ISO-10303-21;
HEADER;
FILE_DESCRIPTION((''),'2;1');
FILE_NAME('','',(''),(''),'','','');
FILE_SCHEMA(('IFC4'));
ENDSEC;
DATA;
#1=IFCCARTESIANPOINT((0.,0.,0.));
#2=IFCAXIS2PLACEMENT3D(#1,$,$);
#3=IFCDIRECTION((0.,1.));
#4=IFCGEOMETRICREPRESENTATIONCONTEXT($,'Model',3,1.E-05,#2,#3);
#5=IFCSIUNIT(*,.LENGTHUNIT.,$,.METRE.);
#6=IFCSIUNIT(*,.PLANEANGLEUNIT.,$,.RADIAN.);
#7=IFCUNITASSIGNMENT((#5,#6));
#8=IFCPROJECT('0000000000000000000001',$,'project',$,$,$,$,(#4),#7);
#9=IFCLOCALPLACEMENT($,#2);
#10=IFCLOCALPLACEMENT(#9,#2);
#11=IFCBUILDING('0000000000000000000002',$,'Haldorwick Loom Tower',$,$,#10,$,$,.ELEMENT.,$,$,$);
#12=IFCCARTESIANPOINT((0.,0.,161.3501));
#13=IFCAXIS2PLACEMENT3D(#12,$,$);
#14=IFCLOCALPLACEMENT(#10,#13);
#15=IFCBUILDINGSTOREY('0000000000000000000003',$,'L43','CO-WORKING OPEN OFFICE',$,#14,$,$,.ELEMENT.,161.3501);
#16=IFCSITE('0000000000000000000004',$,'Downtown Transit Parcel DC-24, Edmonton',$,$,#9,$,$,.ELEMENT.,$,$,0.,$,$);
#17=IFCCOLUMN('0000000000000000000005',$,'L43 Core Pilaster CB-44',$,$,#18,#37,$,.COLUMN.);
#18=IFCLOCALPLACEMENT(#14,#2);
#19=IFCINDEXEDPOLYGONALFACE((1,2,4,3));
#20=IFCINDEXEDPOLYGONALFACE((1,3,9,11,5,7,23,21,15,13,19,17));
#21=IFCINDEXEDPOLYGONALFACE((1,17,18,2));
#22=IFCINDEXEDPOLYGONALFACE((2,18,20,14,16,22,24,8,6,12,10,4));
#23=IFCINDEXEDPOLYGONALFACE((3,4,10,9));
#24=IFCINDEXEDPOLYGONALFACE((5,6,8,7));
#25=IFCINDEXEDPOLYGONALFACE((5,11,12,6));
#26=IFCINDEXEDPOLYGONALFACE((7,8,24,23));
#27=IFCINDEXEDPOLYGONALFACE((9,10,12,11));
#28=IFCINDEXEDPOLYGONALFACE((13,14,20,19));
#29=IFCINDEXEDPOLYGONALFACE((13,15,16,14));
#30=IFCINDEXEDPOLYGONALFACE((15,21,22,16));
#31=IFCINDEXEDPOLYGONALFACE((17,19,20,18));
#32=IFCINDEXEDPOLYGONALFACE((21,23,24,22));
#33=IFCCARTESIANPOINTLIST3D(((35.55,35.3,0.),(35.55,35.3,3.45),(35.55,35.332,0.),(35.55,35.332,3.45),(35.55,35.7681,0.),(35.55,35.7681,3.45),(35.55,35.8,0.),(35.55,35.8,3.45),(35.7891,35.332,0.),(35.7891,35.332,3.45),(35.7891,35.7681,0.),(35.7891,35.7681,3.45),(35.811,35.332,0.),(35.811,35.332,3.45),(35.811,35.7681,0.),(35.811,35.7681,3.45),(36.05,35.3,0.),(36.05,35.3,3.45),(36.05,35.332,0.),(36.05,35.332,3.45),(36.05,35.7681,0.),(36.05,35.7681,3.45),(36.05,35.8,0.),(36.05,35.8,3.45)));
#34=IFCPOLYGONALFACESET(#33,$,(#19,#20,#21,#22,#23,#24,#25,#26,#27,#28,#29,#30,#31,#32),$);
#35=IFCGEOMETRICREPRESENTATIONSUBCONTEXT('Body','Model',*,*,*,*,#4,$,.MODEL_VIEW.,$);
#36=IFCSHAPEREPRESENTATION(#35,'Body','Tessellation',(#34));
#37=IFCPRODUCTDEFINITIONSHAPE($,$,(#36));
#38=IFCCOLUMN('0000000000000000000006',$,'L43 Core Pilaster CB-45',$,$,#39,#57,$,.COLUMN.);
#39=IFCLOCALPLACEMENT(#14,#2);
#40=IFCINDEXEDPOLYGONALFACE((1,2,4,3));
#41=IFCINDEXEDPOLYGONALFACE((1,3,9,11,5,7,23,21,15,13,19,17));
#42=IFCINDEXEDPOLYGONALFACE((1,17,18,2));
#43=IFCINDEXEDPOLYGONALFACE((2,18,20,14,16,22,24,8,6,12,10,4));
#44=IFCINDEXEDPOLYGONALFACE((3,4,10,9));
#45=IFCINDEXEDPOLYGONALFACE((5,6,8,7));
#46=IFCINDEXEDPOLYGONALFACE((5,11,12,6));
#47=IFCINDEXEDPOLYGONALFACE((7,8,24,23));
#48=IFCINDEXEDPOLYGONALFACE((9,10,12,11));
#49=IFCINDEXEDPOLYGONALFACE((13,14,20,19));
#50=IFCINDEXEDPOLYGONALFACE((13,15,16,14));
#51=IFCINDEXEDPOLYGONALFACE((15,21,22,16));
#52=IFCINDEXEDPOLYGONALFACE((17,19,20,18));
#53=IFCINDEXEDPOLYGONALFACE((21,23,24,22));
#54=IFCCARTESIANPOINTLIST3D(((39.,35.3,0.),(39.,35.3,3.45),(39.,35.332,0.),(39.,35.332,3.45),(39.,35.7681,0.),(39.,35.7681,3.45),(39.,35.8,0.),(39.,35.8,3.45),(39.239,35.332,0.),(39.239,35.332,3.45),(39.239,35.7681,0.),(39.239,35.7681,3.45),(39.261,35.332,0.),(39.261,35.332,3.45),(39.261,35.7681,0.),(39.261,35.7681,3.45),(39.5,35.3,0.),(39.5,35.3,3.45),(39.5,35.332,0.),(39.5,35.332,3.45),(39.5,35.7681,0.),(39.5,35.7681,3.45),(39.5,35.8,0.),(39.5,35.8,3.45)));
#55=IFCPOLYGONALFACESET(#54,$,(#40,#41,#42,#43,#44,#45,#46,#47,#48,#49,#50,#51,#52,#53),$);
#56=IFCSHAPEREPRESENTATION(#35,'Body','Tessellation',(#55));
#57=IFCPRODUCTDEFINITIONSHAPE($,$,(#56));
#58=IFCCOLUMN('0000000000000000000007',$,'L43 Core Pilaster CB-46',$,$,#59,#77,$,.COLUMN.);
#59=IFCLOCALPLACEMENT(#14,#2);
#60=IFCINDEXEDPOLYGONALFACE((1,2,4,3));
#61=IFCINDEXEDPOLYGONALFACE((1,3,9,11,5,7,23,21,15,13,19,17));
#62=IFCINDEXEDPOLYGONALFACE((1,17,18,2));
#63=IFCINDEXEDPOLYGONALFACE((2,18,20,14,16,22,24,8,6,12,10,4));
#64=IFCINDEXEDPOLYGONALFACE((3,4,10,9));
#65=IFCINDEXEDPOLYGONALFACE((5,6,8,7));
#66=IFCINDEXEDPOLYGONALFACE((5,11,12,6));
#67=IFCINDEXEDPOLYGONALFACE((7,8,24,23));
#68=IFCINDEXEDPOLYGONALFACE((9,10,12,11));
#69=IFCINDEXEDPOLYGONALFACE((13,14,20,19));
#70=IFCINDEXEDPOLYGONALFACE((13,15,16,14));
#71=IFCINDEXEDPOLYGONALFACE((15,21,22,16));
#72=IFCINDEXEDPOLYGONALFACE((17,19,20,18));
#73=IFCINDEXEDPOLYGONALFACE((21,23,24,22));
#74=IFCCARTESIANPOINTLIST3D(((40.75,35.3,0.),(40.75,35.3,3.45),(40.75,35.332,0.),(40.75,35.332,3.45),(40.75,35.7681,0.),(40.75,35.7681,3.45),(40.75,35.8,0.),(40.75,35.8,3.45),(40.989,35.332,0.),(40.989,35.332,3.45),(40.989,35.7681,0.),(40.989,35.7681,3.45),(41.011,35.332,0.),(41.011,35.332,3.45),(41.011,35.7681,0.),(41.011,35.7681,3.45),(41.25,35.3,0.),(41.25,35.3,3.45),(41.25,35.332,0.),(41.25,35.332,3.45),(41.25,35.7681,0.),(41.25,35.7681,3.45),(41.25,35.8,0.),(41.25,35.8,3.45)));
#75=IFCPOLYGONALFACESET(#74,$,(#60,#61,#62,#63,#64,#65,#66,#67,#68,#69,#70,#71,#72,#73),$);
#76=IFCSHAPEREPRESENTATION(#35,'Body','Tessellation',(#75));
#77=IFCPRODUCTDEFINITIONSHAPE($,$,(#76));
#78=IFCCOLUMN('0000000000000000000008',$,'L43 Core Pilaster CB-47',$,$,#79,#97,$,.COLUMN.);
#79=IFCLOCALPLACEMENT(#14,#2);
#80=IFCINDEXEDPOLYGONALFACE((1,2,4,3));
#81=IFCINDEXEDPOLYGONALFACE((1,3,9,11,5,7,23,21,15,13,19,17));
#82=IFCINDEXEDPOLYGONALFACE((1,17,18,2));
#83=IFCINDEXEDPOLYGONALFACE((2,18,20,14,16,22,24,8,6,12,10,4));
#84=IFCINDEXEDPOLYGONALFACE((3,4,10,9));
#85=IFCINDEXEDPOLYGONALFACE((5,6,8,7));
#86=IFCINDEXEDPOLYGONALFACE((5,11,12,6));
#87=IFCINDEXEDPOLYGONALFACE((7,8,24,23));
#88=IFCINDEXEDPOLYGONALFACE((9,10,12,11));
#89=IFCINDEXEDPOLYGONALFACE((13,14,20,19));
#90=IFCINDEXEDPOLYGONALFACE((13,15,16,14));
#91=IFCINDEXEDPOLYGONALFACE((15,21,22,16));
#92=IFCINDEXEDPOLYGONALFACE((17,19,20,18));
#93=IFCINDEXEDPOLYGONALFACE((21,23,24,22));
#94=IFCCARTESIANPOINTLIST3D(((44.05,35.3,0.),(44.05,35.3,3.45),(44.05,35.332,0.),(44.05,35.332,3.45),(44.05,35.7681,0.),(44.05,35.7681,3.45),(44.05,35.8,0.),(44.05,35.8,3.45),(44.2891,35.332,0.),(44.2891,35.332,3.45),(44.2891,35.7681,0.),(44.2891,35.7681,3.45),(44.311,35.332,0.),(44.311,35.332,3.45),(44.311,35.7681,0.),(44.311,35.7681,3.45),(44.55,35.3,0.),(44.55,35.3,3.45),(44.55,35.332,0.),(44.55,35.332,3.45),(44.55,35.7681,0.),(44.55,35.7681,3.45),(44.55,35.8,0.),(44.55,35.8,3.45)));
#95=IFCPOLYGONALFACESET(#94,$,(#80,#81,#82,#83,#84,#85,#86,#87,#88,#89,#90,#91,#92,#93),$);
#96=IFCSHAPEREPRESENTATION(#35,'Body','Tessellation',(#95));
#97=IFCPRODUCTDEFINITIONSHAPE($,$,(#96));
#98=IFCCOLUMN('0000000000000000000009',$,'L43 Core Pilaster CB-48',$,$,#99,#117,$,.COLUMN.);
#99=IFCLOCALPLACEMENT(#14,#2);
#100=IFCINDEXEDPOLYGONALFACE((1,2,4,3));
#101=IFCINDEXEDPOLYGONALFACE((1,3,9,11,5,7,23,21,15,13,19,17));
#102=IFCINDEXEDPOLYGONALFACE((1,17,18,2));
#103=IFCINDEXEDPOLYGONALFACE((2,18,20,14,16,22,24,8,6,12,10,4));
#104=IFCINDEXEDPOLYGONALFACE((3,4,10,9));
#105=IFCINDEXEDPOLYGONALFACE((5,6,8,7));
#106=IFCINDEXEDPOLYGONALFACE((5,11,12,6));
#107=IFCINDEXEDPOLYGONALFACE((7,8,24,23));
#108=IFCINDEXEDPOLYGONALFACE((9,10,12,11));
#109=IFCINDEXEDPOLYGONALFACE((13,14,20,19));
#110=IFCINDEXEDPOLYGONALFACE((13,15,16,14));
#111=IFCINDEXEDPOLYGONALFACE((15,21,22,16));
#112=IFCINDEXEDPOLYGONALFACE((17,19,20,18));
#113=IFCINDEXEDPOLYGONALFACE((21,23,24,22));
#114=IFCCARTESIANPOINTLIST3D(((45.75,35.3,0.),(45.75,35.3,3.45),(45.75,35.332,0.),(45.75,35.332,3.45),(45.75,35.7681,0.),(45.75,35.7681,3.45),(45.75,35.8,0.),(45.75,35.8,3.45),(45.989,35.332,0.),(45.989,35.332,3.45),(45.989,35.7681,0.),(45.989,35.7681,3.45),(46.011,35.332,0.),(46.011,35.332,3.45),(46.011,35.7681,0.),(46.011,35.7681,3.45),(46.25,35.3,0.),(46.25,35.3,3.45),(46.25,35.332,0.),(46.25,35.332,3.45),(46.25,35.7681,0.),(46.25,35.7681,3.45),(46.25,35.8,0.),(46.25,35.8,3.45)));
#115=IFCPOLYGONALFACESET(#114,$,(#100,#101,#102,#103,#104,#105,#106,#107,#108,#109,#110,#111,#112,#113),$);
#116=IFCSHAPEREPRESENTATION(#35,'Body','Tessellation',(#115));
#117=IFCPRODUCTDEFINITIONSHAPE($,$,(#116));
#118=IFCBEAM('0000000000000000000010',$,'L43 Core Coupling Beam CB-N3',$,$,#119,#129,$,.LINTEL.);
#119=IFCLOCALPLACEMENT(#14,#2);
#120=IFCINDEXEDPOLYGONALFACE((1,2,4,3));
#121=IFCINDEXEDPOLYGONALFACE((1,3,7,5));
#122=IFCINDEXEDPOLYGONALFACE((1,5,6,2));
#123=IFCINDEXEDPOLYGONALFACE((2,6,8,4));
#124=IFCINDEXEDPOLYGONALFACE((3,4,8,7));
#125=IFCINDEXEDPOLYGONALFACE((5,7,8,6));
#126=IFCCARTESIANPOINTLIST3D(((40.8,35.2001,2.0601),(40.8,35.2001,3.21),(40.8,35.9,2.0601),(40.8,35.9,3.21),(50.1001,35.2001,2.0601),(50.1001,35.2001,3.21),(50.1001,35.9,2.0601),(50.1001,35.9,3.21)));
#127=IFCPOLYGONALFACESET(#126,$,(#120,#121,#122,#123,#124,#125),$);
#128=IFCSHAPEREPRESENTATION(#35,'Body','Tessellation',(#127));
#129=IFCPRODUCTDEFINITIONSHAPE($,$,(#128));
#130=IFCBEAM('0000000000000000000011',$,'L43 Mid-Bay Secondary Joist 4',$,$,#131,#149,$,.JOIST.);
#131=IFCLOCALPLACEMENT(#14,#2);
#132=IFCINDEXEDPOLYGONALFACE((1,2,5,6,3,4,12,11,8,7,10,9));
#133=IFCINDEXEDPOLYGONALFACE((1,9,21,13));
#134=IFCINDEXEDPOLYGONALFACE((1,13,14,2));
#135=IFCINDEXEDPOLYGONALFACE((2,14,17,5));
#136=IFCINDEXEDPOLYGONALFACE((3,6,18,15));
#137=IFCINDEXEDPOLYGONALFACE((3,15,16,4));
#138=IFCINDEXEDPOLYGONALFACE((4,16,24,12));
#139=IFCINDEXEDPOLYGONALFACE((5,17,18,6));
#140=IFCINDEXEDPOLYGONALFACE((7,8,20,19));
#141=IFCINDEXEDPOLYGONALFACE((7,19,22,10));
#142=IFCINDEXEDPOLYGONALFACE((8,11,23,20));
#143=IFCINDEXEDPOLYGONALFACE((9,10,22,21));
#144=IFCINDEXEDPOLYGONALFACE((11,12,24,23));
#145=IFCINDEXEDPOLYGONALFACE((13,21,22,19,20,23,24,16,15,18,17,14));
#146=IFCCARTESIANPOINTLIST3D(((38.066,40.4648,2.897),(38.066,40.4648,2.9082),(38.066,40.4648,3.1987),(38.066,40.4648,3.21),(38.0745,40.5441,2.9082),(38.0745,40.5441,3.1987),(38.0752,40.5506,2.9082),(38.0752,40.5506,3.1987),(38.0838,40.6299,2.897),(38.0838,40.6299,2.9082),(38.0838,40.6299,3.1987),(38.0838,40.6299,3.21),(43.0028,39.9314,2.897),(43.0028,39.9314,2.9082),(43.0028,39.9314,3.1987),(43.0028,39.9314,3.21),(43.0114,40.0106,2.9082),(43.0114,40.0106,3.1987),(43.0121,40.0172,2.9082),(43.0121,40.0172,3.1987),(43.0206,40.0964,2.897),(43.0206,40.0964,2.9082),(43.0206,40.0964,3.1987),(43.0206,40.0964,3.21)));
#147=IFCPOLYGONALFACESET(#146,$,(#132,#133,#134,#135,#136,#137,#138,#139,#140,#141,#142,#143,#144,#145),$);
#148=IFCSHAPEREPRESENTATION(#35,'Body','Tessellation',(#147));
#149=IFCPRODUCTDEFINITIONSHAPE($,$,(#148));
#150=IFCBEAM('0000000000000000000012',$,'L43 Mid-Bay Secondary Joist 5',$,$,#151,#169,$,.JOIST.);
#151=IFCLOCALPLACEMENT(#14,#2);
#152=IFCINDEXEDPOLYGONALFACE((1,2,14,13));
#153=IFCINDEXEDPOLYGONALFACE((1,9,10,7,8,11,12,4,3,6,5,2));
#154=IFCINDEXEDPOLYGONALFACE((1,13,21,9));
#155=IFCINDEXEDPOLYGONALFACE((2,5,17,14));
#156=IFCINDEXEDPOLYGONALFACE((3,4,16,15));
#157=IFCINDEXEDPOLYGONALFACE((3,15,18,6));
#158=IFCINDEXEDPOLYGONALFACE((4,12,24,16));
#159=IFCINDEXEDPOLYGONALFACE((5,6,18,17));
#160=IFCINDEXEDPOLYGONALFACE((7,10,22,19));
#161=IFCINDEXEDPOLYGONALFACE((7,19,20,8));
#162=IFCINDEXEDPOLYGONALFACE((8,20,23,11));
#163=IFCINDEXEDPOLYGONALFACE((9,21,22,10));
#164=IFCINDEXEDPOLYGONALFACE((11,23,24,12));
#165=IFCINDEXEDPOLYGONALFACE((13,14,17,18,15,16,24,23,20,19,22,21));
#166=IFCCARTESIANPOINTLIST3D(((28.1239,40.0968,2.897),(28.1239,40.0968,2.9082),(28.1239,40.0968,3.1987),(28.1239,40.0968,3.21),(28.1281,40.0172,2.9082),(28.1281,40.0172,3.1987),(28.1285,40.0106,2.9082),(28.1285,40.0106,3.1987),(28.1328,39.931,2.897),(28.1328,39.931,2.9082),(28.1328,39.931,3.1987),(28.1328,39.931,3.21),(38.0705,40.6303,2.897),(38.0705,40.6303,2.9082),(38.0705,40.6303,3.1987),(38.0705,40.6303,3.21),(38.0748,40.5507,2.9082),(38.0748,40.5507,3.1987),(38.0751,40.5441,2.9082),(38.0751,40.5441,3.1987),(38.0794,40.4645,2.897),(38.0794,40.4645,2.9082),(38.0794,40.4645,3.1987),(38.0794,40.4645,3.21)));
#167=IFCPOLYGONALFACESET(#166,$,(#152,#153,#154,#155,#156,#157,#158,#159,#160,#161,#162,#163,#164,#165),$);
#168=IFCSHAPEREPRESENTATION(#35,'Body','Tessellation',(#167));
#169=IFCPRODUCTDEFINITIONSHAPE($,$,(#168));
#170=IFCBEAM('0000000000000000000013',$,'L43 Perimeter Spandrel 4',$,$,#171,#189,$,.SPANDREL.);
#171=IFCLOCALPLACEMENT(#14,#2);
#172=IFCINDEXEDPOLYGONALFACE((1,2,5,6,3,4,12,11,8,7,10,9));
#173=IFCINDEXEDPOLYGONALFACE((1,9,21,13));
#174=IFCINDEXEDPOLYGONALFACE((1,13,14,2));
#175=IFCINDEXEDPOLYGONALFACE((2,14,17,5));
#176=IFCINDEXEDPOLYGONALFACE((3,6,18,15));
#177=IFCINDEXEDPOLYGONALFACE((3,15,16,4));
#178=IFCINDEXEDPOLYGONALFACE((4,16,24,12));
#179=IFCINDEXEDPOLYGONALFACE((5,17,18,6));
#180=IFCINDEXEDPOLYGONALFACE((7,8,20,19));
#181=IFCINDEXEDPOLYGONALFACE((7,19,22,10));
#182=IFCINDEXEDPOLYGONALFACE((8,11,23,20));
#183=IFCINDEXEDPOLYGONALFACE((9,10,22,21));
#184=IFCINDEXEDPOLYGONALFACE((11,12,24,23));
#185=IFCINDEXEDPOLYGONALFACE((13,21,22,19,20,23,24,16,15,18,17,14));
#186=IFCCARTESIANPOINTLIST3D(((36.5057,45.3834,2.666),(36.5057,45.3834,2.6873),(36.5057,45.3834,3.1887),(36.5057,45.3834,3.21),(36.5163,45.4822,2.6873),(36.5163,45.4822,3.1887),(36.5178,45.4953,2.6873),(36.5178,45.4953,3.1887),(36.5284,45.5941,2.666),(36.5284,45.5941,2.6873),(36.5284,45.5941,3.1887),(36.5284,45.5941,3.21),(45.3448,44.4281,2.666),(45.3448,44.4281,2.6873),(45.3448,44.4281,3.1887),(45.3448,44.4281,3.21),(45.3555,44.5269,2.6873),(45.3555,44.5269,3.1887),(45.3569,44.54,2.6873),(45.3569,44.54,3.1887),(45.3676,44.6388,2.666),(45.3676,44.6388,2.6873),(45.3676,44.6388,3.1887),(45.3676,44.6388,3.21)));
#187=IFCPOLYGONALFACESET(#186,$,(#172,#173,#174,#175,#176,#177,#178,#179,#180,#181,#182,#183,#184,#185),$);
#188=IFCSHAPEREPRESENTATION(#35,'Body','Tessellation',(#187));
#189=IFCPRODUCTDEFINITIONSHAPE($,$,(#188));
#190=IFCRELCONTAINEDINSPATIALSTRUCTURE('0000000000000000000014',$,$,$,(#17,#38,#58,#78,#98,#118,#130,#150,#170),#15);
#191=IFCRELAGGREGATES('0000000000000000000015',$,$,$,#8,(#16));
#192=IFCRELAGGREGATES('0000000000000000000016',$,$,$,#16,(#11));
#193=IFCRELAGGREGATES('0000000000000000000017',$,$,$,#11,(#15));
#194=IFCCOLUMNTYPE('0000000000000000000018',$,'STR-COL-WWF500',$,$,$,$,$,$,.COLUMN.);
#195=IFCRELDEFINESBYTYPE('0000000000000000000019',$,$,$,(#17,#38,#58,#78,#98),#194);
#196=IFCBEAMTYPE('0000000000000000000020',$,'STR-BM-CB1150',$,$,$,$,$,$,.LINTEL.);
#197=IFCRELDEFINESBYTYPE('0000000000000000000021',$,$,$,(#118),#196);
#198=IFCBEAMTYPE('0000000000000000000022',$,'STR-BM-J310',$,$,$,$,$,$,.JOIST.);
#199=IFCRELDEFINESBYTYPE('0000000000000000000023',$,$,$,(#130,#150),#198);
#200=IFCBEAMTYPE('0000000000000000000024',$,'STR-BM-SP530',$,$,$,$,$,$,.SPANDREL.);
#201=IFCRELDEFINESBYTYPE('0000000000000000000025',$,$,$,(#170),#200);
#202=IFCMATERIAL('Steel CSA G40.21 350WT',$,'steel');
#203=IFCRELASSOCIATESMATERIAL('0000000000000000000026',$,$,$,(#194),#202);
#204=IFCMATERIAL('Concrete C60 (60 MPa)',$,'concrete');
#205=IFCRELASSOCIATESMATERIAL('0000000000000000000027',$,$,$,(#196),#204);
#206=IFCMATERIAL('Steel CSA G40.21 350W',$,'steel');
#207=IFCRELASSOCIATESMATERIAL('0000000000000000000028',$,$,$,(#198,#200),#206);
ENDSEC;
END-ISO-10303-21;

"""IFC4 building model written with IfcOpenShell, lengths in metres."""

from ifc_helpers import new_model, si_unit, direction, frame, origin, origin_2d, place, context, subcontext, project, spatial, rectangle, i_section, extrude, material, material_profile, profile_set, type_object, element, save


model = new_model("IFC4")

# Units and contexts
model_context = context("Model", 3, precision=1e-05, world=origin(), true_north=direction((0.0, 1.0)))
body_context = subcontext(model_context, "Body", "Model", "MODEL_VIEW")
ifc_project = project(units=[si_unit("LENGTHUNIT", "METRE"), si_unit("PLANEANGLEUNIT", "RADIAN")], contexts=[model_context])

# Site, building, storey
site_placement = place(None, origin())
site = spatial("IfcSite", under=ifc_project, at=site_placement, Name="Downtown Transit Parcel DC-24, Edmonton", CompositionType="ELEMENT", RefElevation=0.0)
building_placement = place(site_placement, origin())
building = spatial("IfcBuilding", under=site, at=building_placement, Name="Haldorwick Loom Tower", CompositionType="ELEMENT")
storey_placement = place(building_placement, frame((0.0, 0.0, 161.3501)))
storey = spatial("IfcBuildingStorey", under=building, at=storey_placement, Name="L43", Description="CO-WORKING OPEN OFFICE", CompositionType="ELEMENT", Elevation=161.3501)

# Columns
ifc_material_1 = material(Name="Concrete C60 (60 MPa)", Category="concrete")
ifc_material_2 = material(Name="Steel CSA G40.21 350WT", Category="steel")
ifc_material_profile_1 = material_profile(ifc_material_2, i_section(OverallWidth=0.5, OverallDepth=0.5, WebThickness=0.022, FlangeThickness=0.032, at=origin_2d()), Name="WWF500X500", Category="steel")
ifc_profile_set_1 = profile_set([ifc_material_profile_1], Name="Steel CSA G40.21 350WT")
column_type_1 = type_object("IfcColumnType", Name="STR-COL-WWF500", PredefinedType="COLUMN", material=ifc_profile_set_1)
for number, where, z_axis, x_axis, name in (
    (1, (35.8, 35.55, 0.0), (0.0, 0.0, 1.0), (1.0, 0.0, 0.0), "L43 Core Pilaster CB-44"),
    (2, (39.25, 35.55, 0.0), (0.0, 0.0, 1.0), (1.0, 0.0, 0.0), "L43 Core Pilaster CB-45"),
    (3, (41.0, 35.55, 0.0), (0.0, 0.0, 1.0), (1.0, 0.0, 0.0), "L43 Core Pilaster CB-46"),
    (4, (44.3, 35.55, 0.0), (0.0, 0.0, 1.0), (1.0, 0.0, 0.0), "L43 Core Pilaster CB-47"),
    (5, (46.0, 35.55, 0.0), (0.0, 0.0, 1.0), (1.0, 0.0, 0.0), "L43 Core Pilaster CB-48"),
):
    element("IfcColumn", number, at=place(storey_placement, frame(where, z_axis=z_axis, x_axis=x_axis)), inside=storey, type_object=column_type_1, Name=name, PredefinedType="COLUMN", context=body_context, shape_type="SweptSolid", body=[
        extrude(i_section(OverallWidth=0.5, OverallDepth=0.5, WebThickness=0.022, FlangeThickness=0.032, at=origin_2d()), origin(), (0.0, 0.0, 1.0), 3.45),
    ])

# Beams
ifc_material_profile_2 = material_profile(ifc_material_1, rectangle(XDim=0.7, YDim=1.1499, at=origin_2d()), Name="RC700X1150", Category="concrete")
ifc_profile_set_2 = profile_set([ifc_material_profile_2], Name="Concrete C60 (60 MPa)")
beam_type_1 = type_object("IfcBeamType", Name="STR-BM-CB1150", PredefinedType="LINTEL", material=ifc_profile_set_2)
beam_1_placement = place(storey_placement, frame((40.8, 35.55, 2.635), z_axis=(1.0, 0.0, 0.0), x_axis=(0.0, 1.0, 0.0)))
element("IfcBeam", 6, at=beam_1_placement, inside=storey, type_object=beam_type_1, Name="L43 Core Coupling Beam CB-N3", PredefinedType="LINTEL", context=body_context, shape_type="SweptSolid", body=[
    extrude(rectangle(XDim=0.7, YDim=1.1499, at=origin_2d()), origin(), (0.0, 0.0, 1.0), 9.3),
])
ifc_material_3 = material(Name="Steel CSA G40.21 350W", Category="steel")
ifc_material_profile_3 = material_profile(ifc_material_3, i_section(OverallWidth=0.166, OverallDepth=0.313, WebThickness=0.0066, FlangeThickness=0.0112, at=origin_2d()), Name="W310X45", Category="steel")
ifc_profile_set_3 = profile_set([ifc_material_profile_3], Name="Steel CSA G40.21 350W")
beam_type_2 = type_object("IfcBeamType", Name="STR-BM-J310", PredefinedType="JOIST", material=ifc_profile_set_3)
beam_2_placement = place(storey_placement, frame((43.0117, 40.0139, 3.0535), z_axis=(-0.994213, 0.107431, 0.0), x_axis=(-0.107431, -0.994213, 0.0)))
element("IfcBeam", 7, at=beam_2_placement, inside=storey, type_object=beam_type_2, Name="L43 Mid-Bay Secondary Joist 4", PredefinedType="JOIST", context=body_context, shape_type="SweptSolid", body=[
    extrude(i_section(OverallWidth=0.166, OverallDepth=0.313, WebThickness=0.0066, FlangeThickness=0.0112, at=origin_2d()), origin(), (0.0, 0.0, 1.0), 4.9656),
])
beam_3_placement = place(storey_placement, frame((38.075, 40.5474, 3.0535), z_axis=(-0.998565, -0.053555, 0.0), x_axis=(0.053555, -0.998565, 0.0)))
element("IfcBeam", 8, at=beam_3_placement, inside=storey, type_object=beam_type_2, Name="L43 Mid-Bay Secondary Joist 5", PredefinedType="JOIST", context=body_context, shape_type="SweptSolid", body=[
    extrude(i_section(OverallWidth=0.166, OverallDepth=0.313, WebThickness=0.0066, FlangeThickness=0.0112, at=origin_2d()), origin(), (0.0, 0.0, 1.0), 9.9609),
])
ifc_material_profile_4 = material_profile(ifc_material_3, i_section(OverallWidth=0.2119, OverallDepth=0.5439, WebThickness=0.0132, FlangeThickness=0.0212, at=origin_2d()), Name="W530X123", Category="steel")
ifc_profile_set_4 = profile_set([ifc_material_profile_4], Name="Steel CSA G40.21 350W")
beam_type_3 = type_object("IfcBeamType", Name="STR-BM-SP530", PredefinedType="SPANDREL", material=ifc_profile_set_4)
for number, where, z_axis, x_axis, name in (
    (9, (45.3562, 44.5334, 2.938), (-0.99421, 0.107453, 0.0), (-0.107453, -0.99421, 0.0), "L43 Perimeter Spandrel 4"),
):
    element("IfcBeam", number, at=place(storey_placement, frame(where, z_axis=z_axis, x_axis=x_axis)), inside=storey, type_object=beam_type_3, Name=name, PredefinedType="SPANDREL", context=body_context, shape_type="SweptSolid", body=[
        extrude(i_section(OverallWidth=0.2119, OverallDepth=0.5439, WebThickness=0.0132, FlangeThickness=0.0212, at=origin_2d()), origin(), (0.0, 0.0, 1.0), 8.8906),
    ])

save(model, "model.ifc")
